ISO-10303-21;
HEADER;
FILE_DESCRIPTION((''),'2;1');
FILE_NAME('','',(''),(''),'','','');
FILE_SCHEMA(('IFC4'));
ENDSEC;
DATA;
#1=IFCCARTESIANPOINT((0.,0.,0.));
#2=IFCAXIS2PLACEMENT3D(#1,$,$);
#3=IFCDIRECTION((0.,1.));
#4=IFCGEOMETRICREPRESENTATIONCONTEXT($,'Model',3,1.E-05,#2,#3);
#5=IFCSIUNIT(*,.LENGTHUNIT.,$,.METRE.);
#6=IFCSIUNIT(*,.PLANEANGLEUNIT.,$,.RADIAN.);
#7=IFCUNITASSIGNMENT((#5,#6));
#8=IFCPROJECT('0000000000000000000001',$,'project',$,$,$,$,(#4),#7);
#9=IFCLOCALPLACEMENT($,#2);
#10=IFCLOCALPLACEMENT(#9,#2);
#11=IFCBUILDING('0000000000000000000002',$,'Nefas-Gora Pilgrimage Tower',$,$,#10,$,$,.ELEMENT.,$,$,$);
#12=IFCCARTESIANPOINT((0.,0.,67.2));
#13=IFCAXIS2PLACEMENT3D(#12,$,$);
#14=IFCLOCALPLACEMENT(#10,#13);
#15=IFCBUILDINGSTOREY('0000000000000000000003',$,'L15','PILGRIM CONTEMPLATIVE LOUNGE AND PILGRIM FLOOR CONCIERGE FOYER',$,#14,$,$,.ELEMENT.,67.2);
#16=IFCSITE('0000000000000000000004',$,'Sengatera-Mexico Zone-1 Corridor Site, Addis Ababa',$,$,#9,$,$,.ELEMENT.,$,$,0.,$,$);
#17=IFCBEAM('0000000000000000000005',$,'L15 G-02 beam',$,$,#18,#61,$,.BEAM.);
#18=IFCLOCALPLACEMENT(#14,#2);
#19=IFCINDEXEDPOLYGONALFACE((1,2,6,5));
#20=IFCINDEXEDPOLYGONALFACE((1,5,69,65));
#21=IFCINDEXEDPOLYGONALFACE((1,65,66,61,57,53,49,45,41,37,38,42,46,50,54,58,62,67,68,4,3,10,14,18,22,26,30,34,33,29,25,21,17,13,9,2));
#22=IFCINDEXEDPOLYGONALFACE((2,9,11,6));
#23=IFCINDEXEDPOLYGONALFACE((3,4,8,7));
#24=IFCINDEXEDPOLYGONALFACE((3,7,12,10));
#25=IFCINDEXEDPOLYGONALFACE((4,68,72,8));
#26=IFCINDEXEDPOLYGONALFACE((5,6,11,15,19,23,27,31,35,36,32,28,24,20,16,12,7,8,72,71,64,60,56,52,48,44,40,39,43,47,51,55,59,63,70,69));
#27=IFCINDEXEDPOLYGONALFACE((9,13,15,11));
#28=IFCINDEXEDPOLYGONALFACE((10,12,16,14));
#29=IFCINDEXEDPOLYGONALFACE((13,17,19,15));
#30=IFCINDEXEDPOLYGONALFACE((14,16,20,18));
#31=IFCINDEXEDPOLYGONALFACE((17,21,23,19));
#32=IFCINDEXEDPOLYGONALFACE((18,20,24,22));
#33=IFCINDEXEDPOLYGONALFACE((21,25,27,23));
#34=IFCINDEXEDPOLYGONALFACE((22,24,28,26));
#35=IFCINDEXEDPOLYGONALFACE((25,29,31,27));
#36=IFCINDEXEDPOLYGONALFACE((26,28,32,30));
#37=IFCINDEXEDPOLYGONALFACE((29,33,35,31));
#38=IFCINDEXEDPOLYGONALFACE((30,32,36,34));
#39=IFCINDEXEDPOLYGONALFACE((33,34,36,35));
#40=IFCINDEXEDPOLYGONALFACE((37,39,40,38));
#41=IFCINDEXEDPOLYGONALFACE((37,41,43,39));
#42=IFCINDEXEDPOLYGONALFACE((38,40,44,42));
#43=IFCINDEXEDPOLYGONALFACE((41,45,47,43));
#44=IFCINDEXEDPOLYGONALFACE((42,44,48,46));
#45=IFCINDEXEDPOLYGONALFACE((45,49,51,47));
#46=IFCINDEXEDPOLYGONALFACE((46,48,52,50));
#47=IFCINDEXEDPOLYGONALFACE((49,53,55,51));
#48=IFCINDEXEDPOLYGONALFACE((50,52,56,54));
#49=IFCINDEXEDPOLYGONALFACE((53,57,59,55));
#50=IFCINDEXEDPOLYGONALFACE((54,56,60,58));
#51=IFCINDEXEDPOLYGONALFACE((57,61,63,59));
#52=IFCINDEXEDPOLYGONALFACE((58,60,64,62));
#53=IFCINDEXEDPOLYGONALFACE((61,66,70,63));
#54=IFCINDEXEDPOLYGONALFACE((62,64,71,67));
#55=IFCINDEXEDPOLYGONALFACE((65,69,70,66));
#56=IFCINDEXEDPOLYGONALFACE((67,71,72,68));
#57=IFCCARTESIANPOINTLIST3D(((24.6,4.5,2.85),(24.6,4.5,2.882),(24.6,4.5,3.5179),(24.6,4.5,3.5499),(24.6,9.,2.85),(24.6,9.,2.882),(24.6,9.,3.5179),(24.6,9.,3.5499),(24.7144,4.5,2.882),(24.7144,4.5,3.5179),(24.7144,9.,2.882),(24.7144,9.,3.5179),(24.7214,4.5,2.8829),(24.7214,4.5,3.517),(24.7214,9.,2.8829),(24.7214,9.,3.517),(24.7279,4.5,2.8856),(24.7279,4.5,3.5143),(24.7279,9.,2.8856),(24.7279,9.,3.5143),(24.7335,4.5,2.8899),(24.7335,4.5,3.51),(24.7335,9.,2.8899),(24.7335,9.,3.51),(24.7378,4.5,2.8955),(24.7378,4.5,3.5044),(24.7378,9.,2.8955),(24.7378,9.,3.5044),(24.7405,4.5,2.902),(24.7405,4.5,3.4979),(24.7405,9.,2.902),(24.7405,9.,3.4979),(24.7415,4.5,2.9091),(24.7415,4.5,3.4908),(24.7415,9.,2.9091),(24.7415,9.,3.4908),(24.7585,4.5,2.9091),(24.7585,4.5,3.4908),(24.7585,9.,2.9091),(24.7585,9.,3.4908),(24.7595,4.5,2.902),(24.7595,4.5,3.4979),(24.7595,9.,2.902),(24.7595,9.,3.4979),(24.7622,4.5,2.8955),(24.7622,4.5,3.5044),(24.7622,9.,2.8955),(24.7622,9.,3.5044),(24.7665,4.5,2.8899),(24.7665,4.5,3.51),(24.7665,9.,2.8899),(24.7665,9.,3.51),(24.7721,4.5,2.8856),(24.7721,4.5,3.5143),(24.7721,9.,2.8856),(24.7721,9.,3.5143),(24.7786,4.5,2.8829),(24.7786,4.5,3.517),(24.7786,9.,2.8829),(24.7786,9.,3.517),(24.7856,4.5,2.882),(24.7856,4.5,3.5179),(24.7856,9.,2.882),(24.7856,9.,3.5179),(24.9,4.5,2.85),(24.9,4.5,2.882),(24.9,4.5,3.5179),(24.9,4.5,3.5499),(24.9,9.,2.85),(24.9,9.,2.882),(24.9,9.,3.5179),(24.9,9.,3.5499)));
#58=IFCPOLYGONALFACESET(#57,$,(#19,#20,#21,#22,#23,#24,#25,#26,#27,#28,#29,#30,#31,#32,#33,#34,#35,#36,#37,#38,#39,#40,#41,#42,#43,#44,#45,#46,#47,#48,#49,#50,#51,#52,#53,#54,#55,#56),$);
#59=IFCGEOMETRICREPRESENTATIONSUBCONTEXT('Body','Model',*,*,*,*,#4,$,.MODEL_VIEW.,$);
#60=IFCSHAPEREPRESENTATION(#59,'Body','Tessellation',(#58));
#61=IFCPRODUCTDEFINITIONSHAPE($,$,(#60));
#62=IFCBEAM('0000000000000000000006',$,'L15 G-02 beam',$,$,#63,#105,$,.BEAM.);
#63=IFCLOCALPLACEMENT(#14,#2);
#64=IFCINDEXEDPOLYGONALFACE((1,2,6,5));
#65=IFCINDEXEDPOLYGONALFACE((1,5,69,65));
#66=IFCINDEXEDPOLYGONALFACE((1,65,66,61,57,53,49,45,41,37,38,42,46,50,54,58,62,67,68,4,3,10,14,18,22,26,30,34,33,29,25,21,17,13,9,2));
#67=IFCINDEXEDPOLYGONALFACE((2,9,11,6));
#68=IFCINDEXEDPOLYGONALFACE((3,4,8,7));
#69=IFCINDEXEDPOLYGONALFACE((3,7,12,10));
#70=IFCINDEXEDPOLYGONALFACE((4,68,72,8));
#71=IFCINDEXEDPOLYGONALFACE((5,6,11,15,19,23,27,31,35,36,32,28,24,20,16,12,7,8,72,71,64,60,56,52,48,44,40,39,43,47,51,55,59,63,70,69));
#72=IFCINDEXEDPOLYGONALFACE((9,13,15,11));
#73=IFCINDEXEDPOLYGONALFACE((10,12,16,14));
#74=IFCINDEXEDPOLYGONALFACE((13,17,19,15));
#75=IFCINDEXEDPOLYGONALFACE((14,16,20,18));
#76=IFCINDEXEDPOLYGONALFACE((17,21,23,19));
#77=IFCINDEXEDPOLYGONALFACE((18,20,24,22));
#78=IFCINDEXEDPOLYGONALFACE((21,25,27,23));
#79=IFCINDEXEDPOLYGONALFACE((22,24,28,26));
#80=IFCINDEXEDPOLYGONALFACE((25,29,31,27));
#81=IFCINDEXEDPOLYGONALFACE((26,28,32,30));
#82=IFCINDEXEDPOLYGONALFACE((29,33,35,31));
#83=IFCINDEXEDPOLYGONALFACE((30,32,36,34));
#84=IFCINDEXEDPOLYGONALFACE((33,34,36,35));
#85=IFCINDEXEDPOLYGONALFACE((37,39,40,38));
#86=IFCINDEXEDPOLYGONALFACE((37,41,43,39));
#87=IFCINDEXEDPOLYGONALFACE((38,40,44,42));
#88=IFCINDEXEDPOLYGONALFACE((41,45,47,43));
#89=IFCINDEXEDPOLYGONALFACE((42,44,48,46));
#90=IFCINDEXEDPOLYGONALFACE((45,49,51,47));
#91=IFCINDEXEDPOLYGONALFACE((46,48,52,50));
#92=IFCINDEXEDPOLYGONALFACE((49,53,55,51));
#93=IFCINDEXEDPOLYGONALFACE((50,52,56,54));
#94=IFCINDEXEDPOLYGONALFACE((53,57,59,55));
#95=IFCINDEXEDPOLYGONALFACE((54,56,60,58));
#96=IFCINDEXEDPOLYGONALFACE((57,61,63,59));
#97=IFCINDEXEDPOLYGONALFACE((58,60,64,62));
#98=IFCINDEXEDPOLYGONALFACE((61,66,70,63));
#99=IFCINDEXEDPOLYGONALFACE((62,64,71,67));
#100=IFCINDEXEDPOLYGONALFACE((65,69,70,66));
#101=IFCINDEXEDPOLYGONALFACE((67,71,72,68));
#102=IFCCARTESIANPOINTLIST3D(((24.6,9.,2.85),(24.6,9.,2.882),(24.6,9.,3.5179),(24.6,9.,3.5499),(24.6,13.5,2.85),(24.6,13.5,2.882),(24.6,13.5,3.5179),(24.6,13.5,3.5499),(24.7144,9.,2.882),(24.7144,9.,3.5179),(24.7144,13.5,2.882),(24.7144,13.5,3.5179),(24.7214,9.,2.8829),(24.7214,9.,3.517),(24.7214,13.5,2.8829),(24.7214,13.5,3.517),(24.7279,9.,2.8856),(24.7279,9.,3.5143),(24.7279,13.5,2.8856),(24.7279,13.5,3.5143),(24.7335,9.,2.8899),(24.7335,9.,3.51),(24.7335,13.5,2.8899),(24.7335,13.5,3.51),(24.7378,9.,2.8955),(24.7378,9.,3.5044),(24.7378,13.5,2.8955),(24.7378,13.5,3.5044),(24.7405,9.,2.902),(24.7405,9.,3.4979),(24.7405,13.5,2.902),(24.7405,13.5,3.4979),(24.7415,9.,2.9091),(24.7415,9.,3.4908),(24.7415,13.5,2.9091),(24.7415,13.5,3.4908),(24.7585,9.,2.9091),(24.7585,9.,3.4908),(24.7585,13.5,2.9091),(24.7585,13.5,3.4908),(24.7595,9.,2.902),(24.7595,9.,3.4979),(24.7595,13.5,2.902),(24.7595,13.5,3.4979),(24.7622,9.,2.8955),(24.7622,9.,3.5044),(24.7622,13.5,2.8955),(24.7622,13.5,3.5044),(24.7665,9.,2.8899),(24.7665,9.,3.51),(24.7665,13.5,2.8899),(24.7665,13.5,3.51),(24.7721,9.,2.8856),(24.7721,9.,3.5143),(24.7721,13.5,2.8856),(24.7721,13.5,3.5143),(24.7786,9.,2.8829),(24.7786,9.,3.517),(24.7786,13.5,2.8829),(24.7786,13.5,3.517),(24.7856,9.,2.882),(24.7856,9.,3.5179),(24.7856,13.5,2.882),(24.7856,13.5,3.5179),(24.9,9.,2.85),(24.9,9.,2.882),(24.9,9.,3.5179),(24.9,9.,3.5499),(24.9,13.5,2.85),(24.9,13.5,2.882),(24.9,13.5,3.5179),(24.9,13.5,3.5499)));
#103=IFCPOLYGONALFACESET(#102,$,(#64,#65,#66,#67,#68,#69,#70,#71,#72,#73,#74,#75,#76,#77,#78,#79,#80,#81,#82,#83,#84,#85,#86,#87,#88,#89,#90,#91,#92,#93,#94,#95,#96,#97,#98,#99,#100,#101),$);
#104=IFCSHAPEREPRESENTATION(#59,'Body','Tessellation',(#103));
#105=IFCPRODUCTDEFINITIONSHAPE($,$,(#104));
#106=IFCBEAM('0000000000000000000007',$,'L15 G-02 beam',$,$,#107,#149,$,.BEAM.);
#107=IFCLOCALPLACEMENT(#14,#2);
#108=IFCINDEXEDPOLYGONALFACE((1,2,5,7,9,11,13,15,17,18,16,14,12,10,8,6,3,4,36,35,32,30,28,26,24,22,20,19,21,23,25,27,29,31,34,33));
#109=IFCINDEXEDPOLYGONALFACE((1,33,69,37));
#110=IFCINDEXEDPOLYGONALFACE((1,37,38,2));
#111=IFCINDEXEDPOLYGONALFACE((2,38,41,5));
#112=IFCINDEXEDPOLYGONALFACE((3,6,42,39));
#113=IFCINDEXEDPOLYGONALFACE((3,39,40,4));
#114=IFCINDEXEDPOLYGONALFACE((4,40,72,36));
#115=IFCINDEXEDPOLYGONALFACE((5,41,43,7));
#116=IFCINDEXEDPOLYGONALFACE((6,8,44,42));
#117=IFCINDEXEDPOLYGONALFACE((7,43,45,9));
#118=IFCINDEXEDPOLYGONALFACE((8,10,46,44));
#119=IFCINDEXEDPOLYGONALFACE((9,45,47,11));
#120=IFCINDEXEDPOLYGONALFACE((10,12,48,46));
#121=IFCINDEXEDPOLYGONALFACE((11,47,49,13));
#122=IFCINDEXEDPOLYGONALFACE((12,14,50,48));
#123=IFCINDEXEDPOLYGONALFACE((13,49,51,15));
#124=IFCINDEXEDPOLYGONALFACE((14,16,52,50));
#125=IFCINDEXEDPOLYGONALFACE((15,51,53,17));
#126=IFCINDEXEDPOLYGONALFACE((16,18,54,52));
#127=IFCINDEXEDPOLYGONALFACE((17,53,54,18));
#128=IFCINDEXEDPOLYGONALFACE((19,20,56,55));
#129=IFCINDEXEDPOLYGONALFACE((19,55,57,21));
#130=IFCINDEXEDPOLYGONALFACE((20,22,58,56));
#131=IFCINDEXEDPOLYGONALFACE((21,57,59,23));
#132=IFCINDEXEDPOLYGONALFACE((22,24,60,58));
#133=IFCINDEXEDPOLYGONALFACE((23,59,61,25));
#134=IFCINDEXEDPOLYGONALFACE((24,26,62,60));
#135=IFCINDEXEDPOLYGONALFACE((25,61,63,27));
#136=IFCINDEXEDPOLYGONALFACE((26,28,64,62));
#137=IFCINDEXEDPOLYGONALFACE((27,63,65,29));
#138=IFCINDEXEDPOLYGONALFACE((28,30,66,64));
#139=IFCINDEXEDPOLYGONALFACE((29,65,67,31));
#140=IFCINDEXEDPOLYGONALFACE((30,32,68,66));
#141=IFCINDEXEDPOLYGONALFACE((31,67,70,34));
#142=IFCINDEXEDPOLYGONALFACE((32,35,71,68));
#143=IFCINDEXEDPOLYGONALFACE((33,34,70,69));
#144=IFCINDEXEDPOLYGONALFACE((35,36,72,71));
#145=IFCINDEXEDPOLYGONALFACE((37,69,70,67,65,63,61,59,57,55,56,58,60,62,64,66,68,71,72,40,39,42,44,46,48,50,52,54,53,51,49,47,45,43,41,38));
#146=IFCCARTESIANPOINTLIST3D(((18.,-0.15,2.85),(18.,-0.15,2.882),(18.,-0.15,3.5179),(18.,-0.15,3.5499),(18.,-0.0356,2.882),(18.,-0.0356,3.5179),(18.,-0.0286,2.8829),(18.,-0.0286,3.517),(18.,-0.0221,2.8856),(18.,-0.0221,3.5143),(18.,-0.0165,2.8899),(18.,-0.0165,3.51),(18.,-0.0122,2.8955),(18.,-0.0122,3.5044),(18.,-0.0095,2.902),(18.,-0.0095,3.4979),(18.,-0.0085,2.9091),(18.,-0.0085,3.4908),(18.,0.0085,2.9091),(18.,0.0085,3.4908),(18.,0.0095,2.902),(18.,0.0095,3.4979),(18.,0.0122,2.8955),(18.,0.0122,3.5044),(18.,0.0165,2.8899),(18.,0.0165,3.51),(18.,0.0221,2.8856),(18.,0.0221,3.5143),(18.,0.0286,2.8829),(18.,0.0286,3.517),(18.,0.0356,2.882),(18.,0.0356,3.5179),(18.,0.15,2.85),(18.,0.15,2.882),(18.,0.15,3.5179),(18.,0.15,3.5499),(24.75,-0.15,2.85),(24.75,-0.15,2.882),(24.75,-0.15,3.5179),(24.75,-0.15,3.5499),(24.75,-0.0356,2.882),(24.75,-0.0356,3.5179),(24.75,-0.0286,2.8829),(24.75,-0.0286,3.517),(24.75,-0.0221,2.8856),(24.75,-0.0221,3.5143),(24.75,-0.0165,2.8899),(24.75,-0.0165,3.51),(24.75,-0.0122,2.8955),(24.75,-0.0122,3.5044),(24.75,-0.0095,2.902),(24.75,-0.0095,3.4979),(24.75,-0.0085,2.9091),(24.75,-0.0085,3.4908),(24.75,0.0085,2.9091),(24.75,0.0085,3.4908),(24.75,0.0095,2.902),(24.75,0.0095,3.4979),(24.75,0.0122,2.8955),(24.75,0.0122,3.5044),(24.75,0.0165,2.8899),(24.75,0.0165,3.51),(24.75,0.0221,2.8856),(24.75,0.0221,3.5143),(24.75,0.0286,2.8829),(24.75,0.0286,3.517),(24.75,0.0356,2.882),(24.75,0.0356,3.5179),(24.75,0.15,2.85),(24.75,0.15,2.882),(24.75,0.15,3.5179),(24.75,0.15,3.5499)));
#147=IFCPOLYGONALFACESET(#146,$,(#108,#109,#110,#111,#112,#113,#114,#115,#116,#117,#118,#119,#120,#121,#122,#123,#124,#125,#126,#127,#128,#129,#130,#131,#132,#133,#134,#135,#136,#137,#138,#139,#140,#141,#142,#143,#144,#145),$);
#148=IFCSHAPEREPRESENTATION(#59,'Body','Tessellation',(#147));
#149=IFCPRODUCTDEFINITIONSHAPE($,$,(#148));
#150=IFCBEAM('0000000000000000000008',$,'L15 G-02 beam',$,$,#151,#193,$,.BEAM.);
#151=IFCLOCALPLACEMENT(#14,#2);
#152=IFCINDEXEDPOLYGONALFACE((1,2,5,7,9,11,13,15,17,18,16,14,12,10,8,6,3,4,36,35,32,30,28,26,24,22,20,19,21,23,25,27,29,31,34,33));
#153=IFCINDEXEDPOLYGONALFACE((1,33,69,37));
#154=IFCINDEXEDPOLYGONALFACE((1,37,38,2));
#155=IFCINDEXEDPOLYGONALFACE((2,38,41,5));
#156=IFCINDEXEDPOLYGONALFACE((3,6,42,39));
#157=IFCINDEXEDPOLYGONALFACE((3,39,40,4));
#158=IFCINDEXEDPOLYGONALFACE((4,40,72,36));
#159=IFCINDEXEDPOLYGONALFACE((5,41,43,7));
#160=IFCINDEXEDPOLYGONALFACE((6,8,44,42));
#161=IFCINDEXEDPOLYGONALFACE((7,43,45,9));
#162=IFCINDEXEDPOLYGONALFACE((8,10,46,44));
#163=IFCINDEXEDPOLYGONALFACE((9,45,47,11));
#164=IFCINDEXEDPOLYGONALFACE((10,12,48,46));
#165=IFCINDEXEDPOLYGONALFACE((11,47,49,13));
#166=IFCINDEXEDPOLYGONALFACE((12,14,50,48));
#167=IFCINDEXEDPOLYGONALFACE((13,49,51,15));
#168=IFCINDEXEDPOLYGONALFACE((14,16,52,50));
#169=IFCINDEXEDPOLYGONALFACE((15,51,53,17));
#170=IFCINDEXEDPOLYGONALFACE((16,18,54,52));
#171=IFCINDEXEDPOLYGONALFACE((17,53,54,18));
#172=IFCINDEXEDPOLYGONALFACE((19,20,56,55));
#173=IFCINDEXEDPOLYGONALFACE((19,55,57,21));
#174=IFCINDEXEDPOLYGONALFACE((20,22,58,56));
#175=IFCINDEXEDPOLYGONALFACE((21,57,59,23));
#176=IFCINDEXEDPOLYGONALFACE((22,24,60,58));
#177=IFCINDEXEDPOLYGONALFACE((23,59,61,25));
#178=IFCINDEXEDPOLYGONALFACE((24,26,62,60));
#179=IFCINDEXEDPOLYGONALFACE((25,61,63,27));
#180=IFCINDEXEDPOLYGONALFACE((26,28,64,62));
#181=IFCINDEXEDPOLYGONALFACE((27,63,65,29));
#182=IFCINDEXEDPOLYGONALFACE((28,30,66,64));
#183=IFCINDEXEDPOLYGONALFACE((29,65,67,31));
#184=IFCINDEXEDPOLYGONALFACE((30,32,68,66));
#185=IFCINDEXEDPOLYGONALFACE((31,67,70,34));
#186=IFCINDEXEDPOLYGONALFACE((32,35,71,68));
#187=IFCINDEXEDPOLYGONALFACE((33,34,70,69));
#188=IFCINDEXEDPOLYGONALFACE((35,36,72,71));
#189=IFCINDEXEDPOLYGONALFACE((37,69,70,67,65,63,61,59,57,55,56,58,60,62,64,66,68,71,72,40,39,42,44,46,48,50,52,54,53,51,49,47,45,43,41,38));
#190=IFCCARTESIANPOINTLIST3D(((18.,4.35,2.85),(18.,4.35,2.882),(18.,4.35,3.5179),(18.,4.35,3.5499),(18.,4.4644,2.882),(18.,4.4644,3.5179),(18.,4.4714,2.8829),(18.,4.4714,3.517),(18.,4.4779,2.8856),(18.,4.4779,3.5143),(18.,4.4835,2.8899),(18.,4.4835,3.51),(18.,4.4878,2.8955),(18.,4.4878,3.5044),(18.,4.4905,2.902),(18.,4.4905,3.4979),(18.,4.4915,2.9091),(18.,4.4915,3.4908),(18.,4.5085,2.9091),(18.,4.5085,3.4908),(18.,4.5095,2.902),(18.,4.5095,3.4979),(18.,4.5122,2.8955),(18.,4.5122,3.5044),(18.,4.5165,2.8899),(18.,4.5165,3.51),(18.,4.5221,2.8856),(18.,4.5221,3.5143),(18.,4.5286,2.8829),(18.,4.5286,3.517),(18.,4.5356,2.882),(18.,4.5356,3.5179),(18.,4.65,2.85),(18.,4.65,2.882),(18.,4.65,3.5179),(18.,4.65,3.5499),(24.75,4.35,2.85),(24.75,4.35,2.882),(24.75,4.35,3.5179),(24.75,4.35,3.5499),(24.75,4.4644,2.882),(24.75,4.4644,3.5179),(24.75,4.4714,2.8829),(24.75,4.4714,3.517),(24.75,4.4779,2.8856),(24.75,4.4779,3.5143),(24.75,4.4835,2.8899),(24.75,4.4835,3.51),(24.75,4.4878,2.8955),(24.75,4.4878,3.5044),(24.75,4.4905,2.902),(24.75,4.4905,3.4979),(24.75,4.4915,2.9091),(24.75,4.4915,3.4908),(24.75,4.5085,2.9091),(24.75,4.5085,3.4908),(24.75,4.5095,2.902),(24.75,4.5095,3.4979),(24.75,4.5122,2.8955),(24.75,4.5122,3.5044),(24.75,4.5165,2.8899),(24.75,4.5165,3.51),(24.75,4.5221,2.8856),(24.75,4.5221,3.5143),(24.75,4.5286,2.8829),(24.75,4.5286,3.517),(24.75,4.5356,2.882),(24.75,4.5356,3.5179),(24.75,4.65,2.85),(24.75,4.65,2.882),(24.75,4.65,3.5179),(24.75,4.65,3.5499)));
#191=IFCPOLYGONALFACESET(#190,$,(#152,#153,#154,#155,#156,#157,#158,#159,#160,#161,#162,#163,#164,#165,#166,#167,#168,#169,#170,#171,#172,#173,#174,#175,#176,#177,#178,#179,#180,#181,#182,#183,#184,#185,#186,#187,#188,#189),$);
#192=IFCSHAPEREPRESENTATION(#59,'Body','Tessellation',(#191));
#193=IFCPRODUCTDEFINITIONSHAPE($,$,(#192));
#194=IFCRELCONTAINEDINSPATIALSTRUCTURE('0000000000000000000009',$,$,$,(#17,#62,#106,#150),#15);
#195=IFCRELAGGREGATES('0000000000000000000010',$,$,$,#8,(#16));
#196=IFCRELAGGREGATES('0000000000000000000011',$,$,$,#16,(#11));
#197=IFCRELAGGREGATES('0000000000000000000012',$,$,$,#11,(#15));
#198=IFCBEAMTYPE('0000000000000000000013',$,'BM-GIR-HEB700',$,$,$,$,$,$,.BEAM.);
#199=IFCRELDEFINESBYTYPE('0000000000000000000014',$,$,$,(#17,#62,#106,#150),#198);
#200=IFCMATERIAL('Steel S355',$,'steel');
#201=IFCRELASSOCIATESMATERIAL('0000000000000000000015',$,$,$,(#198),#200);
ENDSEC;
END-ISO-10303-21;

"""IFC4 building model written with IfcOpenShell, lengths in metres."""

from ifc_helpers import new_model, si_unit, direction, frame, origin, origin_2d, place, context, subcontext, project, spatial, i_section, extrude, source, transform, mapped, material, material_profile, profile_set, type_object, element, save


model = new_model("IFC4")

# Units and contexts
model_context = context("Model", 3, precision=1e-05, world=origin(), true_north=direction((0.0, 1.0)))
body_context = subcontext(model_context, "Body", "Model", "MODEL_VIEW")
ifc_project = project(units=[si_unit("LENGTHUNIT", "METRE"), si_unit("PLANEANGLEUNIT", "RADIAN")], contexts=[model_context])

# Site, building, storey
site_placement = place(None, origin())
site = spatial("IfcSite", under=ifc_project, at=site_placement, Name="Sengatera-Mexico Zone-1 Corridor Site, Addis Ababa", CompositionType="ELEMENT", RefElevation=0.0)
building_placement = place(site_placement, origin())
building = spatial("IfcBuilding", under=site, at=building_placement, Name="Nefas-Gora Pilgrimage Tower", CompositionType="ELEMENT")
storey_placement = place(building_placement, frame((0.0, 0.0, 67.2)))
storey = spatial("IfcBuildingStorey", under=building, at=storey_placement, Name="L15", Description="PILGRIM CONTEMPLATIVE LOUNGE AND PILGRIM FLOOR CONCIERGE FOYER", CompositionType="ELEMENT", Elevation=67.2)

# Beams
ifc_material_1 = material(Name="Steel S355", Category="steel")
ifc_material_profile_1 = material_profile(ifc_material_1, i_section(OverallWidth=0.3, OverallDepth=0.7, WebThickness=0.0171, FlangeThickness=0.032, FilletRadius=0.0271, at=origin_2d()), Name="HEB 700")
ifc_profile_set_1 = profile_set([ifc_material_profile_1], Name="Steel S355")
beam_type_1 = type_object("IfcBeamType", Name="BM-GIR-HEB700", PredefinedType="BEAM", material=ifc_profile_set_1)
shared_shape_1 = source(origin(), body_context, "Body", "SweptSolid", [
    extrude(i_section(OverallWidth=0.3, OverallDepth=0.7, WebThickness=0.0171, FlangeThickness=0.032, FilletRadius=0.0271, at=origin_2d()), origin(), (0.0, 0.0, 1.0), 4.5),
])
for number, where, z_axis, x_axis, name in (
    (1, (24.75, 4.5, 3.2), (0.0, 1.0, 0.0), (-1.0, 0.0, 0.0), "L15 G-02 beam"),
    (2, (24.75, 9.0, 3.2), (0.0, 1.0, 0.0), (-1.0, 0.0, 0.0), "L15 G-02 beam"),
):
    element("IfcBeam", number, at=place(storey_placement, frame(where, z_axis=z_axis, x_axis=x_axis)), inside=storey, type_object=beam_type_1, Name=name, PredefinedType="BEAM", context=body_context, shape_type="MappedRepresentation", body=[
        mapped(shared_shape_1, transform((0.0, 0.0, 0.0), x_axis=(1.0, 0.0, 0.0), y_axis=(0.0, 1.0, 0.0), z_axis=(0.0, 0.0, 1.0), scale=1.0)),
    ])
shared_shape_2 = source(origin(), body_context, "Body", "SweptSolid", [
    extrude(i_section(OverallWidth=0.3, OverallDepth=0.7, WebThickness=0.0171, FlangeThickness=0.032, FilletRadius=0.0271, at=origin_2d()), origin(), (0.0, 0.0, 1.0), 6.75),
])
for number, where, z_axis, x_axis, name in (
    (3, (18.0, 0.0, 3.2), (1.0, 0.0, 0.0), (0.0, 1.0, 0.0), "L15 G-02 beam"),
    (4, (18.0, 4.5, 3.2), (1.0, 0.0, 0.0), (0.0, 1.0, 0.0), "L15 G-02 beam"),
):
    element("IfcBeam", number, at=place(storey_placement, frame(where, z_axis=z_axis, x_axis=x_axis)), inside=storey, type_object=beam_type_1, Name=name, PredefinedType="BEAM", context=body_context, shape_type="MappedRepresentation", body=[
        mapped(shared_shape_2, transform((0.0, 0.0, 0.0), x_axis=(1.0, 0.0, 0.0), y_axis=(0.0, 1.0, 0.0), z_axis=(0.0, 0.0, 1.0), scale=1.0)),
    ])

save(model, "model.ifc")
